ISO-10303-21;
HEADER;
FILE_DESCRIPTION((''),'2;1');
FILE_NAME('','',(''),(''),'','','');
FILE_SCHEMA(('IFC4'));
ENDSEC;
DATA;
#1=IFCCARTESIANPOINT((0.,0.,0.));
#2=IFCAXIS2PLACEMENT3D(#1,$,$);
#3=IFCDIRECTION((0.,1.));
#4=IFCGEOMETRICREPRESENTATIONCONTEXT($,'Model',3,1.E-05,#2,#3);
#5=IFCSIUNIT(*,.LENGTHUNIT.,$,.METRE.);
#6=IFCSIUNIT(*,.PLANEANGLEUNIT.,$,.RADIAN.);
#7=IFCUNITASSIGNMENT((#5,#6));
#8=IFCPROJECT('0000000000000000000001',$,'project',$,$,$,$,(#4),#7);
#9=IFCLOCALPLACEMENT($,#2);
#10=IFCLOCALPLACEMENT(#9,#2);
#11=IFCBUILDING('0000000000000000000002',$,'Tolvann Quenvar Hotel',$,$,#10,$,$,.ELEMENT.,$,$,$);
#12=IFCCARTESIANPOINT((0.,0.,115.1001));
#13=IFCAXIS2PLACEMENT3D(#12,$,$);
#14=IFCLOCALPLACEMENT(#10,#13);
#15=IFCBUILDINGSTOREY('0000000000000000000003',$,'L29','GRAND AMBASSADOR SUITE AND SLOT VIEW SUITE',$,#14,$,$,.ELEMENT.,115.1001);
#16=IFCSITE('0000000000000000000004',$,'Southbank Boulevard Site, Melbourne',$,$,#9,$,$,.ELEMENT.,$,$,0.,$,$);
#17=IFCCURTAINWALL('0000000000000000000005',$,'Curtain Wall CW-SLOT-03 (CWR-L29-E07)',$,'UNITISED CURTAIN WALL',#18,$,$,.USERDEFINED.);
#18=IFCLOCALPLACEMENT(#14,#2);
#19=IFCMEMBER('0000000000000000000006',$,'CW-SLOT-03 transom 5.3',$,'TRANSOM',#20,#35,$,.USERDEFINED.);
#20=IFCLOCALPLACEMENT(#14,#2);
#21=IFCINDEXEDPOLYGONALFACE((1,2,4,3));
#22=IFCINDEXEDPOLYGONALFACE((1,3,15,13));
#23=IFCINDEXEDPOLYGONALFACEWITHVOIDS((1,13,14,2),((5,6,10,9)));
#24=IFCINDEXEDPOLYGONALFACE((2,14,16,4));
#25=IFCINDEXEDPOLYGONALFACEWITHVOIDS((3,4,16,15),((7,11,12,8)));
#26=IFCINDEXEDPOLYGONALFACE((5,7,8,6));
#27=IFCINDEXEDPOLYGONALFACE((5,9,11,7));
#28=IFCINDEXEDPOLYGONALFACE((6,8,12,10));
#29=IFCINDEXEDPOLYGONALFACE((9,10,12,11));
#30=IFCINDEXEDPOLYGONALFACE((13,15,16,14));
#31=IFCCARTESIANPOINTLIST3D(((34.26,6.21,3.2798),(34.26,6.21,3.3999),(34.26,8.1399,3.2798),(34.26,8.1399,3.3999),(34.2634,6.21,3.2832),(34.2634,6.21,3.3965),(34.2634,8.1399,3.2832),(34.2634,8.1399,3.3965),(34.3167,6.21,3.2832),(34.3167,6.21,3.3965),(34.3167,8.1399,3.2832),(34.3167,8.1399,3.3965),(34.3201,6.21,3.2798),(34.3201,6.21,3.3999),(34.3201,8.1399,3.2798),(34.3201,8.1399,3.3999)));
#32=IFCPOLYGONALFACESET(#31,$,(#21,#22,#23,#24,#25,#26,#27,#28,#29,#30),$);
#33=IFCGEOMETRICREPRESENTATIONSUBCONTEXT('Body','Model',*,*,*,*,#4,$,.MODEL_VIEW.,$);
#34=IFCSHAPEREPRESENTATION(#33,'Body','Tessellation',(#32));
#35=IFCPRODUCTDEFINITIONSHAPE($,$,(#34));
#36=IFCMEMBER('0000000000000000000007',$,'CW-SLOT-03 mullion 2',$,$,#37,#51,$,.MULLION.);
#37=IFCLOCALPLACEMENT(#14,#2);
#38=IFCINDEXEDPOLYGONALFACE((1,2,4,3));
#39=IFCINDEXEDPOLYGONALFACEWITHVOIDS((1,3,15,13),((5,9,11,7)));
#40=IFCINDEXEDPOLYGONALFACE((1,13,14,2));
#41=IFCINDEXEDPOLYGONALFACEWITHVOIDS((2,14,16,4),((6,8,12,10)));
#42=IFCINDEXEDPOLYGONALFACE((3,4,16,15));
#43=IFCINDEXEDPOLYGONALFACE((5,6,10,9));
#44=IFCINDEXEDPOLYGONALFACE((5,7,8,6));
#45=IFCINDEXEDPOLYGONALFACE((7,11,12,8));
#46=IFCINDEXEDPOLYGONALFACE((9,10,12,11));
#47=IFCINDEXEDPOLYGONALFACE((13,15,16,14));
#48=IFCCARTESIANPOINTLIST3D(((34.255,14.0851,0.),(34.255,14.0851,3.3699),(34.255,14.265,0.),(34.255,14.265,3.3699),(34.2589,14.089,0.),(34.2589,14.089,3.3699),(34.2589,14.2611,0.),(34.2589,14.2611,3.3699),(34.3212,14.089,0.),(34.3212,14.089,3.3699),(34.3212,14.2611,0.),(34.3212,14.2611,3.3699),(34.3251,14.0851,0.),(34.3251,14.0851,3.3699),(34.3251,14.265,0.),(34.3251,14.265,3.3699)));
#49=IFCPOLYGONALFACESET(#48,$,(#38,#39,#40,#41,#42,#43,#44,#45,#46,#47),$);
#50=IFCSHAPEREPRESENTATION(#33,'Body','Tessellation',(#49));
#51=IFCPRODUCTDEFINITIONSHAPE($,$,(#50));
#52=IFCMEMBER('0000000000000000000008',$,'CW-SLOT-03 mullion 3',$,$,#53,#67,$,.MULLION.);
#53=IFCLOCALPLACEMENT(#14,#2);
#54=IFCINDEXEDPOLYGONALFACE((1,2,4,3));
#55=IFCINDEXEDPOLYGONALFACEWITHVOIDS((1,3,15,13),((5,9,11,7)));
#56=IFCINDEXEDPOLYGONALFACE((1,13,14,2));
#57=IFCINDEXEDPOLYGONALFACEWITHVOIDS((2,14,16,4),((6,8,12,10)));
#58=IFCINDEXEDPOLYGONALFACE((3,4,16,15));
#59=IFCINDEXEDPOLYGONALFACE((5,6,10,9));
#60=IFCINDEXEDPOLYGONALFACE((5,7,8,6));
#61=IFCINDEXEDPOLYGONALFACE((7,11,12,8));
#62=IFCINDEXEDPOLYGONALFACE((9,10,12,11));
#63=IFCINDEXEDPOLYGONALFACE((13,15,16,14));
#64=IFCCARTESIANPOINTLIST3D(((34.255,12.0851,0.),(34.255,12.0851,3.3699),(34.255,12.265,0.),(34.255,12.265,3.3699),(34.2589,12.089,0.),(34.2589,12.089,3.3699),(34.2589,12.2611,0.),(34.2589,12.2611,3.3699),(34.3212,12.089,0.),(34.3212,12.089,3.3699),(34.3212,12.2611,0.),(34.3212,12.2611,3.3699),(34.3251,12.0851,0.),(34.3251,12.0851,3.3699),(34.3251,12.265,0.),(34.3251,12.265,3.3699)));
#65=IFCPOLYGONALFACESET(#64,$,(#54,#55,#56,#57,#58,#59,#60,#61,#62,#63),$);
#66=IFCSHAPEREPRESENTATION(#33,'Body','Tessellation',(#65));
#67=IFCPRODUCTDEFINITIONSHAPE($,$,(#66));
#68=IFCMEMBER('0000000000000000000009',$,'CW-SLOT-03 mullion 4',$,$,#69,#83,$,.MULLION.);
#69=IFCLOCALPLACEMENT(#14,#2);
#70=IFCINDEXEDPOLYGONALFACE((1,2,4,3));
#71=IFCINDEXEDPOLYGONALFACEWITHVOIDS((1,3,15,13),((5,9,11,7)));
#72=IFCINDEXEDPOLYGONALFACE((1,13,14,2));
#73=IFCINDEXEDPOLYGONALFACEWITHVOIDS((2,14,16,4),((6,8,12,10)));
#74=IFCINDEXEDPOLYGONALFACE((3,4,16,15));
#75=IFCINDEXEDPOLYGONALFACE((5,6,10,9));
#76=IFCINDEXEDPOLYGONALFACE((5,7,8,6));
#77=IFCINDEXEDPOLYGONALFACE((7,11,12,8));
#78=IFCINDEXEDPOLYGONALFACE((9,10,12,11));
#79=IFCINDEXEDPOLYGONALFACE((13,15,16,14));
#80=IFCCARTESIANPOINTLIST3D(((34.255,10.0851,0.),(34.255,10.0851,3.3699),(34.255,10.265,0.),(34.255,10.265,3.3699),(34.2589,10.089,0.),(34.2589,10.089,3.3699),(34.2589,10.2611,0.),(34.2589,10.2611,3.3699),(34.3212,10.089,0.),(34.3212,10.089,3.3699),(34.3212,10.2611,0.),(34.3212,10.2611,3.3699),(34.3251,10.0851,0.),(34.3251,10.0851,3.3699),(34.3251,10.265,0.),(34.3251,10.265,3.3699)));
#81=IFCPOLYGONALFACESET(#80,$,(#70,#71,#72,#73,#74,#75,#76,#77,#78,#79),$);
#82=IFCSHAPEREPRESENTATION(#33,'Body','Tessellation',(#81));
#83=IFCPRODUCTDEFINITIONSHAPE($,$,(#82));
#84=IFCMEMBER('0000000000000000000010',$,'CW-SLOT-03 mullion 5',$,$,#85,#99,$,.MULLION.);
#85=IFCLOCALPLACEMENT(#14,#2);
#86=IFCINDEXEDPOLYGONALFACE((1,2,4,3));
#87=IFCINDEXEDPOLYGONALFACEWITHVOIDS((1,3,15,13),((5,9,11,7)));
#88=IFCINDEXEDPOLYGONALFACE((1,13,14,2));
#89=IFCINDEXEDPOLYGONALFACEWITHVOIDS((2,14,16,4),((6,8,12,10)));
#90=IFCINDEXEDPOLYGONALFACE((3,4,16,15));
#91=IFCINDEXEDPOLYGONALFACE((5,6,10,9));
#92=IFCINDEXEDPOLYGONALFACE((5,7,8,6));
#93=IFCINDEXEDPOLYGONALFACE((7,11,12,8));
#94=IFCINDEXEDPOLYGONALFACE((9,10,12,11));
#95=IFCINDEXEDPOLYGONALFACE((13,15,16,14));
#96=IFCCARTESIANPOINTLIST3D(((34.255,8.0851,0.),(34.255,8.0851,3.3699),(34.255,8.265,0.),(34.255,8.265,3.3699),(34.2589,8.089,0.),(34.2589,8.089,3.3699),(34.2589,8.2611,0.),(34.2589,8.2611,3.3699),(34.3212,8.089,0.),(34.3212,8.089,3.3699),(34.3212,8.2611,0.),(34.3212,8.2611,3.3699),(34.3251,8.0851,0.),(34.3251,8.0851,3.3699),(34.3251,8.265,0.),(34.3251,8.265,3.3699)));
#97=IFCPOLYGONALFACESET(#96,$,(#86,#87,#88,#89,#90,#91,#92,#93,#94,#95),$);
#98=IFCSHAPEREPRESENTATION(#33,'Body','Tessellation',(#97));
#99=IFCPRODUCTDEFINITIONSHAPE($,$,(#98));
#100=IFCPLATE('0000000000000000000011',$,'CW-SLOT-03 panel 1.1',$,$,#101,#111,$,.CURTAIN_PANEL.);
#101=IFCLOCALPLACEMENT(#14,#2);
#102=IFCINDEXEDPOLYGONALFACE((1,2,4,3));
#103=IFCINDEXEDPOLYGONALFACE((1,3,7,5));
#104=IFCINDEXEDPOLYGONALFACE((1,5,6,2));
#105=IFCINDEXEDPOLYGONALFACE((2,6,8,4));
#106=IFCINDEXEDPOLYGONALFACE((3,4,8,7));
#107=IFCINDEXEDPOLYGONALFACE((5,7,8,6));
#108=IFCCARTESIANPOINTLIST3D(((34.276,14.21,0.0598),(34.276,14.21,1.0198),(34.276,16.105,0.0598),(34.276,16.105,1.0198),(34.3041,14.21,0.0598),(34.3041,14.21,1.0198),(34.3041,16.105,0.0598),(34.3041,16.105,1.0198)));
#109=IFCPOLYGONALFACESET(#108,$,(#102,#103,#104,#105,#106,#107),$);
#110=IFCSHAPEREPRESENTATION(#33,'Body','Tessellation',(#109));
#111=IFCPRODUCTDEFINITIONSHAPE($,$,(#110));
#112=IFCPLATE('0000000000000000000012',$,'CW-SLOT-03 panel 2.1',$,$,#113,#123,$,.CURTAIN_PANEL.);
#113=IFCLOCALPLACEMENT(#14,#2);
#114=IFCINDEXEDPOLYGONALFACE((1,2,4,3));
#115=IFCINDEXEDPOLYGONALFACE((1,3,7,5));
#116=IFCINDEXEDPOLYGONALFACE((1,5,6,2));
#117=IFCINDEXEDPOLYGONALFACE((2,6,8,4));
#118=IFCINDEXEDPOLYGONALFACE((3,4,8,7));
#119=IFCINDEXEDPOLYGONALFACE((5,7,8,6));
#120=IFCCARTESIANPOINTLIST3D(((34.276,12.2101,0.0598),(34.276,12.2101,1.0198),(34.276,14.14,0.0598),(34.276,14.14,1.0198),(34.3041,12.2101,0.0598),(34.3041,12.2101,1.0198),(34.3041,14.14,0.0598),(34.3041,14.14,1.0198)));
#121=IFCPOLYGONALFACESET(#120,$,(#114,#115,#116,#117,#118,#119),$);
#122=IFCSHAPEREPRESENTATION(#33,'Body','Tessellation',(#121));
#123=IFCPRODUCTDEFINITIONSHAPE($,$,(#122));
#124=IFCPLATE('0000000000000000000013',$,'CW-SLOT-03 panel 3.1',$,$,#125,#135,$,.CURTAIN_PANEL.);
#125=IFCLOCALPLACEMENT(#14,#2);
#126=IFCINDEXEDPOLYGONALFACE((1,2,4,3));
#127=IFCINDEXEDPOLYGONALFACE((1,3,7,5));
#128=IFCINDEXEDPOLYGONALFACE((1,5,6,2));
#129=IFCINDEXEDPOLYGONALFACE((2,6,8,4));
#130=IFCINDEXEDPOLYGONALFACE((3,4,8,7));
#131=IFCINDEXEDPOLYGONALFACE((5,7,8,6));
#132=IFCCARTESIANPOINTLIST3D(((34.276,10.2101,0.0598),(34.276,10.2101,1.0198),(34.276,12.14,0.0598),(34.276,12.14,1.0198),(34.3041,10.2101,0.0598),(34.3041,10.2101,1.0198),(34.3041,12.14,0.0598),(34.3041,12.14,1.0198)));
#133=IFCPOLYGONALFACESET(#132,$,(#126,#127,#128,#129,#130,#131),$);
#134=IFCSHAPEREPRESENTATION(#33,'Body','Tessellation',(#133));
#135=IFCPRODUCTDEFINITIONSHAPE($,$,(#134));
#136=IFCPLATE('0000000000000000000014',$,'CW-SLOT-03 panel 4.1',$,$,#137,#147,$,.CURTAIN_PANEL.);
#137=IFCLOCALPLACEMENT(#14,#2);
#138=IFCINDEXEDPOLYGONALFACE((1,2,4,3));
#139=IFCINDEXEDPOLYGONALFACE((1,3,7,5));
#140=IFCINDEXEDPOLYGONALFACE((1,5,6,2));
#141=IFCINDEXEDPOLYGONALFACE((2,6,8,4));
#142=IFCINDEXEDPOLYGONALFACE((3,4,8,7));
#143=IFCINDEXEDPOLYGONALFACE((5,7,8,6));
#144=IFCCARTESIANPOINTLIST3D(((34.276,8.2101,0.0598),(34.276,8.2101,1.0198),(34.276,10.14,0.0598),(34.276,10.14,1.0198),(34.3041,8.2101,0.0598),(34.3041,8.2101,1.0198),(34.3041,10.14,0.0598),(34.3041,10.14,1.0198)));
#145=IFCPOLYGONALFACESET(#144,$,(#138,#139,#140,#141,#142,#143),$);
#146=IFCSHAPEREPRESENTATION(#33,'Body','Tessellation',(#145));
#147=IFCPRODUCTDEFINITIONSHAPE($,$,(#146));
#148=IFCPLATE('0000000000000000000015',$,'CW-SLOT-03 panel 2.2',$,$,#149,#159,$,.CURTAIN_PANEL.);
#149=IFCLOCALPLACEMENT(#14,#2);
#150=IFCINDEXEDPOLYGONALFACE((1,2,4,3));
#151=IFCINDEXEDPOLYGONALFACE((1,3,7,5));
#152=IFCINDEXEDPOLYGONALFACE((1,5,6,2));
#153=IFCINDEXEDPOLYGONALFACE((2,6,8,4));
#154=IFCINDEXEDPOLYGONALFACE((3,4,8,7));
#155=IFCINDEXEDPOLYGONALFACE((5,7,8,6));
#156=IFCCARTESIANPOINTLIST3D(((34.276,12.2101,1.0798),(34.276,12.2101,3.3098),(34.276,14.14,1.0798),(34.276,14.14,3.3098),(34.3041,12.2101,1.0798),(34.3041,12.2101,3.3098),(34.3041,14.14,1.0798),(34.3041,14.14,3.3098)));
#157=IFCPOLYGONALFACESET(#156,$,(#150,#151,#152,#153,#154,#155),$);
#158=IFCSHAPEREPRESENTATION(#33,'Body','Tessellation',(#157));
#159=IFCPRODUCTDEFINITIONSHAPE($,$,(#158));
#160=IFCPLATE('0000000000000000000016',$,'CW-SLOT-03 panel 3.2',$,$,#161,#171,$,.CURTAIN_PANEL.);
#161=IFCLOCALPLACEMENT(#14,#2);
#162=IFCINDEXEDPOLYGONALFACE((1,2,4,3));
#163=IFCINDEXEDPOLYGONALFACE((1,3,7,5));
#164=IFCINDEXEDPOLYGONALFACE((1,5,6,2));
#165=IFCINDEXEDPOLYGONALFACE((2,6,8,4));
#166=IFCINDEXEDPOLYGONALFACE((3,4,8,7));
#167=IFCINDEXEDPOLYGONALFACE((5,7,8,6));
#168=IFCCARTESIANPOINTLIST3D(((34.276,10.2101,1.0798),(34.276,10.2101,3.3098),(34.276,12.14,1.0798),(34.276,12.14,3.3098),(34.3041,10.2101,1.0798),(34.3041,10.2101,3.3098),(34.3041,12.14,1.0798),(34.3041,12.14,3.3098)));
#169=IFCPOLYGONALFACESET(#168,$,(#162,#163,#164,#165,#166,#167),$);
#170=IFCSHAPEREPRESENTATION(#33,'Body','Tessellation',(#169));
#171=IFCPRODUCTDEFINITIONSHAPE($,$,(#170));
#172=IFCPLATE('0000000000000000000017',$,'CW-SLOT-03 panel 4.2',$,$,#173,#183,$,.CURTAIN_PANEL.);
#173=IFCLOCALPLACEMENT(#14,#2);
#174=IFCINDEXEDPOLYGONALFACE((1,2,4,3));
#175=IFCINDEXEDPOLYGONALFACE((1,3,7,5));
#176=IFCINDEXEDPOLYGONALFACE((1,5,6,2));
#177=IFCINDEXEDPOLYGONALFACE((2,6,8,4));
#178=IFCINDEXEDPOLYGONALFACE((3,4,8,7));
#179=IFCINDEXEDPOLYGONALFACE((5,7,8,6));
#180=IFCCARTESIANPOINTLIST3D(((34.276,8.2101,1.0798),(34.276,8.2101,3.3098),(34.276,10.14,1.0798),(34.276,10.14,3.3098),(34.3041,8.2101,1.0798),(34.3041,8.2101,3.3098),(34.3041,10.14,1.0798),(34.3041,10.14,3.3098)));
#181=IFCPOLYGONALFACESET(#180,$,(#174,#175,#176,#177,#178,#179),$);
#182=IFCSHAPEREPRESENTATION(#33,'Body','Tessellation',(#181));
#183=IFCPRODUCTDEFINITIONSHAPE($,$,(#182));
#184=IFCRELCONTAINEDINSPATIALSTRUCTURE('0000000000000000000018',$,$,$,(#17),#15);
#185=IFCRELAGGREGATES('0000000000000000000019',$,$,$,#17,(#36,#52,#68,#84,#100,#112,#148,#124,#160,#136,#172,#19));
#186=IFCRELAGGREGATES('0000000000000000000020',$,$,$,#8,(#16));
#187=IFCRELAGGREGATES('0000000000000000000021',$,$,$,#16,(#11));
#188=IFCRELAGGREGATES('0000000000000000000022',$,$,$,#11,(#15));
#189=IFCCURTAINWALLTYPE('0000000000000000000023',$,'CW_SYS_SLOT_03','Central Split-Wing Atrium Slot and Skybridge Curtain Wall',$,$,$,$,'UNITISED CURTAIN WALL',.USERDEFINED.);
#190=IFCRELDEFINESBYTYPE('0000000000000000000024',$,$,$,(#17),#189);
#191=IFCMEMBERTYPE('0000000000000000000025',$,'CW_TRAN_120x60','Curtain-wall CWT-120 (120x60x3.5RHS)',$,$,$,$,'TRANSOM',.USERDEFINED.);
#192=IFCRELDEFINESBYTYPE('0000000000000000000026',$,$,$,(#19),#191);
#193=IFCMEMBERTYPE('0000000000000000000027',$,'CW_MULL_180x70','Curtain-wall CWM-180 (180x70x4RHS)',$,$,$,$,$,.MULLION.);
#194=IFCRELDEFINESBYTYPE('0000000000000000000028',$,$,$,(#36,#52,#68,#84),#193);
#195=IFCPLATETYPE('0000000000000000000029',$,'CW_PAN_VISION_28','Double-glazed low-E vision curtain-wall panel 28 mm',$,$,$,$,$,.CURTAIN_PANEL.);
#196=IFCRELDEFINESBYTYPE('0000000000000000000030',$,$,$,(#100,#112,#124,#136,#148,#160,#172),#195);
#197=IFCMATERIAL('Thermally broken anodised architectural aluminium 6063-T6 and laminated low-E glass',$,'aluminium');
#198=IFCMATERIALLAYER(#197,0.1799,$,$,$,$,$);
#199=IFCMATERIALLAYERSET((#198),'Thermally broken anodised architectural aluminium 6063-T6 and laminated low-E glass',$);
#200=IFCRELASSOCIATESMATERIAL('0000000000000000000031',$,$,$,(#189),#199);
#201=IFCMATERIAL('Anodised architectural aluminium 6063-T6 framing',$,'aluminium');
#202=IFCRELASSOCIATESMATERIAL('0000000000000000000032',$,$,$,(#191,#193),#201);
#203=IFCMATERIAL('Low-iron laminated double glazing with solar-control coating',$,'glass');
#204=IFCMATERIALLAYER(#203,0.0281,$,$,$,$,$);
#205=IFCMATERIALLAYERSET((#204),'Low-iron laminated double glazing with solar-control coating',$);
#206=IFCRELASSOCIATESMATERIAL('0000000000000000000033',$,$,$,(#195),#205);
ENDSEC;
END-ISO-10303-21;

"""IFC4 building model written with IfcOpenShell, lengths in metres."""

from ifc_helpers import new_model, si_unit, direction, frame, origin, origin_2d, place, context, subcontext, project, spatial, rectangle, hollow_rectangle, extrude, source, transform, mapped, material, layer, layer_set, material_profile, profile_set, type_object, type_shapes, element, aggregate, save


model = new_model("IFC4")

# Units and contexts
model_context = context("Model", 3, precision=1e-05, world=origin(), true_north=direction((0.0, 1.0)))
body_context = subcontext(model_context, "Body", "Model", "MODEL_VIEW")
ifc_project = project(units=[si_unit("LENGTHUNIT", "METRE"), si_unit("PLANEANGLEUNIT", "RADIAN")], contexts=[model_context])

# Site, building, storey
site_placement = place(None, origin())
site = spatial("IfcSite", under=ifc_project, at=site_placement, Name="Southbank Boulevard Site, Melbourne", CompositionType="ELEMENT", RefElevation=0.0)
building_placement = place(site_placement, origin())
building = spatial("IfcBuilding", under=site, at=building_placement, Name="Tolvann Quenvar Hotel", CompositionType="ELEMENT")
storey_placement = place(building_placement, frame((0.0, 0.0, 115.1001)))
storey = spatial("IfcBuildingStorey", under=building, at=storey_placement, Name="L29", Description="GRAND AMBASSADOR SUITE AND SLOT VIEW SUITE", CompositionType="ELEMENT", Elevation=115.1001)

# Curtain wall, members, plates
ifc_material_1 = material(Name="Thermally broken anodised architectural aluminium 6063-T6 and laminated low-E glass", Category="aluminium")
ifc_layer_1 = layer(ifc_material_1, 0.1799)
ifc_layer_set_1 = layer_set([ifc_layer_1], Name="Thermally broken anodised architectural aluminium 6063-T6 and laminated low-E glass")
curtain_wall_type = type_object("IfcCurtainWallType", Name="CW_SYS_SLOT_03", Description="Central Split-Wing Atrium Slot and Skybridge Curtain Wall", ElementType="UNITISED CURTAIN WALL", PredefinedType="USERDEFINED", material=ifc_layer_set_1)
curtain_wall_placement = place(storey_placement, origin())
curtain_wall = element("IfcCurtainWall", 1, at=curtain_wall_placement, inside=storey, type_object=curtain_wall_type, Name="Curtain Wall CW-SLOT-03 (CWR-L29-E07)", ObjectType="UNITISED CURTAIN WALL", PredefinedType="USERDEFINED")
ifc_material_2 = material(Name="Anodised architectural aluminium 6063-T6 framing", Category="aluminium")
ifc_material_profile_1 = material_profile(ifc_material_2, hollow_rectangle(XDim=0.0601, YDim=0.1201, WallThickness=0.0034, at=origin_2d()), Name="120x60x3.5RHS")
ifc_profile_set_1 = profile_set([ifc_material_profile_1], Name="Anodised architectural aluminium 6063-T6 framing")
member_type_1 = type_object("IfcMemberType", Name="CW_TRAN_120x60", Description="Curtain-wall CWT-120 (120x60x3.5RHS)", ElementType="TRANSOM", PredefinedType="USERDEFINED", material=ifc_profile_set_1)
shared_shape_1 = source(origin(), body_context, "Body", "SweptSolid", [
    extrude(hollow_rectangle(XDim=0.0601, YDim=0.1201, WallThickness=0.0034, at=origin_2d()), origin(), (0.0, 0.0, 1.0), 1.9299),
])
type_shapes(member_type_1, [shared_shape_1])
member_1_placement = place(storey_placement, frame((34.29, 8.1399, 3.3398), z_axis=(0.0, -1.0, 0.0), x_axis=(1.0, 0.0, 0.0)))
member_1 = element("IfcMember", 2, at=member_1_placement, type_object=member_type_1, Name="CW-SLOT-03 transom 5.3", ObjectType="TRANSOM", PredefinedType="USERDEFINED", context=body_context, shape_type="MappedRepresentation", body=[
    mapped(shared_shape_1, transform((0.0, 0.0, 0.0), x_axis=(1.0, 0.0, 0.0), y_axis=(0.0, 1.0, 0.0), z_axis=(0.0, 0.0, 1.0), scale=1.0)),
])
ifc_material_profile_2 = material_profile(ifc_material_2, hollow_rectangle(XDim=0.0701, YDim=0.1799, WallThickness=0.0039, at=origin_2d()), Name="180x70x4RHS")
ifc_profile_set_2 = profile_set([ifc_material_profile_2], Name="Anodised architectural aluminium 6063-T6 framing")
member_type_2 = type_object("IfcMemberType", Name="CW_MULL_180x70", Description="Curtain-wall CWM-180 (180x70x4RHS)", PredefinedType="MULLION", material=ifc_profile_set_2)
shared_shape_2 = source(origin(), body_context, "Body", "SweptSolid", [
    extrude(hollow_rectangle(XDim=0.0701, YDim=0.1799, WallThickness=0.0039, at=origin_2d()), origin(), (0.0, 0.0, 1.0), 3.3699),
])
type_shapes(member_type_2, [shared_shape_2])
member_2_placement = place(storey_placement, frame((34.29, 14.175, 0.0), z_axis=(0.0, 0.0, 1.0), x_axis=(1.0, 0.0, 0.0)))
member_2 = element("IfcMember", 3, at=member_2_placement, type_object=member_type_2, Name="CW-SLOT-03 mullion 2", PredefinedType="MULLION", context=body_context, shape_type="MappedRepresentation", body=[
    mapped(shared_shape_2, transform((0.0, 0.0, 0.0), x_axis=(1.0, 0.0, 0.0), y_axis=(0.0, 1.0, 0.0), z_axis=(0.0, 0.0, 1.0), scale=1.0)),
])
member_3_placement = place(storey_placement, frame((34.29, 12.175, 0.0), z_axis=(0.0, 0.0, 1.0), x_axis=(1.0, 0.0, 0.0)))
member_3 = element("IfcMember", 4, at=member_3_placement, type_object=member_type_2, Name="CW-SLOT-03 mullion 3", PredefinedType="MULLION", context=body_context, shape_type="MappedRepresentation", body=[
    mapped(shared_shape_2, transform((0.0, 0.0, 0.0), x_axis=(1.0, 0.0, 0.0), y_axis=(0.0, 1.0, 0.0), z_axis=(0.0, 0.0, 1.0), scale=1.0)),
])
member_4_placement = place(storey_placement, frame((34.29, 10.175, 0.0), z_axis=(0.0, 0.0, 1.0), x_axis=(1.0, 0.0, 0.0)))
member_4 = element("IfcMember", 5, at=member_4_placement, type_object=member_type_2, Name="CW-SLOT-03 mullion 4", PredefinedType="MULLION", context=body_context, shape_type="MappedRepresentation", body=[
    mapped(shared_shape_2, transform((0.0, 0.0, 0.0), x_axis=(1.0, 0.0, 0.0), y_axis=(0.0, 1.0, 0.0), z_axis=(0.0, 0.0, 1.0), scale=1.0)),
])
member_5_placement = place(storey_placement, frame((34.29, 8.175, 0.0), z_axis=(0.0, 0.0, 1.0), x_axis=(1.0, 0.0, 0.0)))
member_5 = element("IfcMember", 6, at=member_5_placement, type_object=member_type_2, Name="CW-SLOT-03 mullion 5", PredefinedType="MULLION", context=body_context, shape_type="MappedRepresentation", body=[
    mapped(shared_shape_2, transform((0.0, 0.0, 0.0), x_axis=(1.0, 0.0, 0.0), y_axis=(0.0, 1.0, 0.0), z_axis=(0.0, 0.0, 1.0), scale=1.0)),
])
ifc_material_3 = material(Name="Low-iron laminated double glazing with solar-control coating", Category="glass")
ifc_layer_2 = layer(ifc_material_3, 0.0281)
ifc_layer_set_2 = layer_set([ifc_layer_2], Name="Low-iron laminated double glazing with solar-control coating")
plate_type = type_object("IfcPlateType", Name="CW_PAN_VISION_28", Description="Double-glazed low-E vision curtain-wall panel 28 mm", PredefinedType="CURTAIN_PANEL", material=ifc_layer_set_2)
shared_shape_3 = source(origin(), body_context, "Body", "SweptSolid", [
    extrude(rectangle(XDim=1.895, YDim=0.0281, at=origin_2d()), origin(), (0.0, 0.0, 1.0), 0.96),
])
plate_1_placement = place(storey_placement, frame((34.29, 15.1575, 0.0598), z_axis=(0.0, 0.0, 1.0), x_axis=(0.0, -1.0, 0.0)))
plate_1 = element("IfcPlate", 7, at=plate_1_placement, type_object=plate_type, Name="CW-SLOT-03 panel 1.1", PredefinedType="CURTAIN_PANEL", context=body_context, shape_type="MappedRepresentation", body=[
    mapped(shared_shape_3, transform((0.0, 0.0, 0.0), x_axis=(1.0, 0.0, 0.0), y_axis=(0.0, 1.0, 0.0), z_axis=(0.0, 0.0, 1.0), scale=1.0)),
])
shared_shape_4 = source(origin(), body_context, "Body", "SweptSolid", [
    extrude(rectangle(XDim=1.9299, YDim=0.0281, at=origin_2d()), origin(), (0.0, 0.0, 1.0), 0.96),
])
plate_2_placement = place(storey_placement, frame((34.29, 13.175, 0.0598), z_axis=(0.0, 0.0, 1.0), x_axis=(0.0, -1.0, 0.0)))
plate_2 = element("IfcPlate", 8, at=plate_2_placement, type_object=plate_type, Name="CW-SLOT-03 panel 2.1", PredefinedType="CURTAIN_PANEL", context=body_context, shape_type="MappedRepresentation", body=[
    mapped(shared_shape_4, transform((0.0, 0.0, 0.0), x_axis=(1.0, 0.0, 0.0), y_axis=(0.0, 1.0, 0.0), z_axis=(0.0, 0.0, 1.0), scale=1.0)),
])
plate_3_placement = place(storey_placement, frame((34.29, 11.175, 0.0598), z_axis=(0.0, 0.0, 1.0), x_axis=(0.0, -1.0, 0.0)))
plate_3 = element("IfcPlate", 9, at=plate_3_placement, type_object=plate_type, Name="CW-SLOT-03 panel 3.1", PredefinedType="CURTAIN_PANEL", context=body_context, shape_type="MappedRepresentation", body=[
    mapped(shared_shape_4, transform((0.0, 0.0, 0.0), x_axis=(1.0, 0.0, 0.0), y_axis=(0.0, 1.0, 0.0), z_axis=(0.0, 0.0, 1.0), scale=1.0)),
])
plate_4_placement = place(storey_placement, frame((34.29, 9.175, 0.0598), z_axis=(0.0, 0.0, 1.0), x_axis=(0.0, -1.0, 0.0)))
plate_4 = element("IfcPlate", 10, at=plate_4_placement, type_object=plate_type, Name="CW-SLOT-03 panel 4.1", PredefinedType="CURTAIN_PANEL", context=body_context, shape_type="MappedRepresentation", body=[
    mapped(shared_shape_4, transform((0.0, 0.0, 0.0), x_axis=(1.0, 0.0, 0.0), y_axis=(0.0, 1.0, 0.0), z_axis=(0.0, 0.0, 1.0), scale=1.0)),
])
shared_shape_5 = source(origin(), body_context, "Body", "SweptSolid", [
    extrude(rectangle(XDim=1.9299, YDim=0.0281, at=origin_2d()), origin(), (0.0, 0.0, 1.0), 2.23),
])
type_shapes(plate_type, [shared_shape_3, shared_shape_4, shared_shape_5])
plate_5_placement = place(storey_placement, frame((34.29, 13.175, 1.0798), z_axis=(0.0, 0.0, 1.0), x_axis=(0.0, -1.0, 0.0)))
plate_5 = element("IfcPlate", 11, at=plate_5_placement, type_object=plate_type, Name="CW-SLOT-03 panel 2.2", PredefinedType="CURTAIN_PANEL", context=body_context, shape_type="MappedRepresentation", body=[
    mapped(shared_shape_5, transform((0.0, 0.0, 0.0), x_axis=(1.0, 0.0, 0.0), y_axis=(0.0, 1.0, 0.0), z_axis=(0.0, 0.0, 1.0), scale=1.0)),
])
plate_6_placement = place(storey_placement, frame((34.29, 11.175, 1.0798), z_axis=(0.0, 0.0, 1.0), x_axis=(0.0, -1.0, 0.0)))
plate_6 = element("IfcPlate", 12, at=plate_6_placement, type_object=plate_type, Name="CW-SLOT-03 panel 3.2", PredefinedType="CURTAIN_PANEL", context=body_context, shape_type="MappedRepresentation", body=[
    mapped(shared_shape_5, transform((0.0, 0.0, 0.0), x_axis=(1.0, 0.0, 0.0), y_axis=(0.0, 1.0, 0.0), z_axis=(0.0, 0.0, 1.0), scale=1.0)),
])
plate_7_placement = place(storey_placement, frame((34.29, 9.175, 1.0798), z_axis=(0.0, 0.0, 1.0), x_axis=(0.0, -1.0, 0.0)))
plate_7 = element("IfcPlate", 13, at=plate_7_placement, type_object=plate_type, Name="CW-SLOT-03 panel 4.2", PredefinedType="CURTAIN_PANEL", context=body_context, shape_type="MappedRepresentation", body=[
    mapped(shared_shape_5, transform((0.0, 0.0, 0.0), x_axis=(1.0, 0.0, 0.0), y_axis=(0.0, 1.0, 0.0), z_axis=(0.0, 0.0, 1.0), scale=1.0)),
])
aggregate(curtain_wall, [member_2, member_3, member_4, member_5, plate_1, plate_2, plate_5, plate_3, plate_6, plate_4, plate_7, member_1])

save(model, "model.ifc")
